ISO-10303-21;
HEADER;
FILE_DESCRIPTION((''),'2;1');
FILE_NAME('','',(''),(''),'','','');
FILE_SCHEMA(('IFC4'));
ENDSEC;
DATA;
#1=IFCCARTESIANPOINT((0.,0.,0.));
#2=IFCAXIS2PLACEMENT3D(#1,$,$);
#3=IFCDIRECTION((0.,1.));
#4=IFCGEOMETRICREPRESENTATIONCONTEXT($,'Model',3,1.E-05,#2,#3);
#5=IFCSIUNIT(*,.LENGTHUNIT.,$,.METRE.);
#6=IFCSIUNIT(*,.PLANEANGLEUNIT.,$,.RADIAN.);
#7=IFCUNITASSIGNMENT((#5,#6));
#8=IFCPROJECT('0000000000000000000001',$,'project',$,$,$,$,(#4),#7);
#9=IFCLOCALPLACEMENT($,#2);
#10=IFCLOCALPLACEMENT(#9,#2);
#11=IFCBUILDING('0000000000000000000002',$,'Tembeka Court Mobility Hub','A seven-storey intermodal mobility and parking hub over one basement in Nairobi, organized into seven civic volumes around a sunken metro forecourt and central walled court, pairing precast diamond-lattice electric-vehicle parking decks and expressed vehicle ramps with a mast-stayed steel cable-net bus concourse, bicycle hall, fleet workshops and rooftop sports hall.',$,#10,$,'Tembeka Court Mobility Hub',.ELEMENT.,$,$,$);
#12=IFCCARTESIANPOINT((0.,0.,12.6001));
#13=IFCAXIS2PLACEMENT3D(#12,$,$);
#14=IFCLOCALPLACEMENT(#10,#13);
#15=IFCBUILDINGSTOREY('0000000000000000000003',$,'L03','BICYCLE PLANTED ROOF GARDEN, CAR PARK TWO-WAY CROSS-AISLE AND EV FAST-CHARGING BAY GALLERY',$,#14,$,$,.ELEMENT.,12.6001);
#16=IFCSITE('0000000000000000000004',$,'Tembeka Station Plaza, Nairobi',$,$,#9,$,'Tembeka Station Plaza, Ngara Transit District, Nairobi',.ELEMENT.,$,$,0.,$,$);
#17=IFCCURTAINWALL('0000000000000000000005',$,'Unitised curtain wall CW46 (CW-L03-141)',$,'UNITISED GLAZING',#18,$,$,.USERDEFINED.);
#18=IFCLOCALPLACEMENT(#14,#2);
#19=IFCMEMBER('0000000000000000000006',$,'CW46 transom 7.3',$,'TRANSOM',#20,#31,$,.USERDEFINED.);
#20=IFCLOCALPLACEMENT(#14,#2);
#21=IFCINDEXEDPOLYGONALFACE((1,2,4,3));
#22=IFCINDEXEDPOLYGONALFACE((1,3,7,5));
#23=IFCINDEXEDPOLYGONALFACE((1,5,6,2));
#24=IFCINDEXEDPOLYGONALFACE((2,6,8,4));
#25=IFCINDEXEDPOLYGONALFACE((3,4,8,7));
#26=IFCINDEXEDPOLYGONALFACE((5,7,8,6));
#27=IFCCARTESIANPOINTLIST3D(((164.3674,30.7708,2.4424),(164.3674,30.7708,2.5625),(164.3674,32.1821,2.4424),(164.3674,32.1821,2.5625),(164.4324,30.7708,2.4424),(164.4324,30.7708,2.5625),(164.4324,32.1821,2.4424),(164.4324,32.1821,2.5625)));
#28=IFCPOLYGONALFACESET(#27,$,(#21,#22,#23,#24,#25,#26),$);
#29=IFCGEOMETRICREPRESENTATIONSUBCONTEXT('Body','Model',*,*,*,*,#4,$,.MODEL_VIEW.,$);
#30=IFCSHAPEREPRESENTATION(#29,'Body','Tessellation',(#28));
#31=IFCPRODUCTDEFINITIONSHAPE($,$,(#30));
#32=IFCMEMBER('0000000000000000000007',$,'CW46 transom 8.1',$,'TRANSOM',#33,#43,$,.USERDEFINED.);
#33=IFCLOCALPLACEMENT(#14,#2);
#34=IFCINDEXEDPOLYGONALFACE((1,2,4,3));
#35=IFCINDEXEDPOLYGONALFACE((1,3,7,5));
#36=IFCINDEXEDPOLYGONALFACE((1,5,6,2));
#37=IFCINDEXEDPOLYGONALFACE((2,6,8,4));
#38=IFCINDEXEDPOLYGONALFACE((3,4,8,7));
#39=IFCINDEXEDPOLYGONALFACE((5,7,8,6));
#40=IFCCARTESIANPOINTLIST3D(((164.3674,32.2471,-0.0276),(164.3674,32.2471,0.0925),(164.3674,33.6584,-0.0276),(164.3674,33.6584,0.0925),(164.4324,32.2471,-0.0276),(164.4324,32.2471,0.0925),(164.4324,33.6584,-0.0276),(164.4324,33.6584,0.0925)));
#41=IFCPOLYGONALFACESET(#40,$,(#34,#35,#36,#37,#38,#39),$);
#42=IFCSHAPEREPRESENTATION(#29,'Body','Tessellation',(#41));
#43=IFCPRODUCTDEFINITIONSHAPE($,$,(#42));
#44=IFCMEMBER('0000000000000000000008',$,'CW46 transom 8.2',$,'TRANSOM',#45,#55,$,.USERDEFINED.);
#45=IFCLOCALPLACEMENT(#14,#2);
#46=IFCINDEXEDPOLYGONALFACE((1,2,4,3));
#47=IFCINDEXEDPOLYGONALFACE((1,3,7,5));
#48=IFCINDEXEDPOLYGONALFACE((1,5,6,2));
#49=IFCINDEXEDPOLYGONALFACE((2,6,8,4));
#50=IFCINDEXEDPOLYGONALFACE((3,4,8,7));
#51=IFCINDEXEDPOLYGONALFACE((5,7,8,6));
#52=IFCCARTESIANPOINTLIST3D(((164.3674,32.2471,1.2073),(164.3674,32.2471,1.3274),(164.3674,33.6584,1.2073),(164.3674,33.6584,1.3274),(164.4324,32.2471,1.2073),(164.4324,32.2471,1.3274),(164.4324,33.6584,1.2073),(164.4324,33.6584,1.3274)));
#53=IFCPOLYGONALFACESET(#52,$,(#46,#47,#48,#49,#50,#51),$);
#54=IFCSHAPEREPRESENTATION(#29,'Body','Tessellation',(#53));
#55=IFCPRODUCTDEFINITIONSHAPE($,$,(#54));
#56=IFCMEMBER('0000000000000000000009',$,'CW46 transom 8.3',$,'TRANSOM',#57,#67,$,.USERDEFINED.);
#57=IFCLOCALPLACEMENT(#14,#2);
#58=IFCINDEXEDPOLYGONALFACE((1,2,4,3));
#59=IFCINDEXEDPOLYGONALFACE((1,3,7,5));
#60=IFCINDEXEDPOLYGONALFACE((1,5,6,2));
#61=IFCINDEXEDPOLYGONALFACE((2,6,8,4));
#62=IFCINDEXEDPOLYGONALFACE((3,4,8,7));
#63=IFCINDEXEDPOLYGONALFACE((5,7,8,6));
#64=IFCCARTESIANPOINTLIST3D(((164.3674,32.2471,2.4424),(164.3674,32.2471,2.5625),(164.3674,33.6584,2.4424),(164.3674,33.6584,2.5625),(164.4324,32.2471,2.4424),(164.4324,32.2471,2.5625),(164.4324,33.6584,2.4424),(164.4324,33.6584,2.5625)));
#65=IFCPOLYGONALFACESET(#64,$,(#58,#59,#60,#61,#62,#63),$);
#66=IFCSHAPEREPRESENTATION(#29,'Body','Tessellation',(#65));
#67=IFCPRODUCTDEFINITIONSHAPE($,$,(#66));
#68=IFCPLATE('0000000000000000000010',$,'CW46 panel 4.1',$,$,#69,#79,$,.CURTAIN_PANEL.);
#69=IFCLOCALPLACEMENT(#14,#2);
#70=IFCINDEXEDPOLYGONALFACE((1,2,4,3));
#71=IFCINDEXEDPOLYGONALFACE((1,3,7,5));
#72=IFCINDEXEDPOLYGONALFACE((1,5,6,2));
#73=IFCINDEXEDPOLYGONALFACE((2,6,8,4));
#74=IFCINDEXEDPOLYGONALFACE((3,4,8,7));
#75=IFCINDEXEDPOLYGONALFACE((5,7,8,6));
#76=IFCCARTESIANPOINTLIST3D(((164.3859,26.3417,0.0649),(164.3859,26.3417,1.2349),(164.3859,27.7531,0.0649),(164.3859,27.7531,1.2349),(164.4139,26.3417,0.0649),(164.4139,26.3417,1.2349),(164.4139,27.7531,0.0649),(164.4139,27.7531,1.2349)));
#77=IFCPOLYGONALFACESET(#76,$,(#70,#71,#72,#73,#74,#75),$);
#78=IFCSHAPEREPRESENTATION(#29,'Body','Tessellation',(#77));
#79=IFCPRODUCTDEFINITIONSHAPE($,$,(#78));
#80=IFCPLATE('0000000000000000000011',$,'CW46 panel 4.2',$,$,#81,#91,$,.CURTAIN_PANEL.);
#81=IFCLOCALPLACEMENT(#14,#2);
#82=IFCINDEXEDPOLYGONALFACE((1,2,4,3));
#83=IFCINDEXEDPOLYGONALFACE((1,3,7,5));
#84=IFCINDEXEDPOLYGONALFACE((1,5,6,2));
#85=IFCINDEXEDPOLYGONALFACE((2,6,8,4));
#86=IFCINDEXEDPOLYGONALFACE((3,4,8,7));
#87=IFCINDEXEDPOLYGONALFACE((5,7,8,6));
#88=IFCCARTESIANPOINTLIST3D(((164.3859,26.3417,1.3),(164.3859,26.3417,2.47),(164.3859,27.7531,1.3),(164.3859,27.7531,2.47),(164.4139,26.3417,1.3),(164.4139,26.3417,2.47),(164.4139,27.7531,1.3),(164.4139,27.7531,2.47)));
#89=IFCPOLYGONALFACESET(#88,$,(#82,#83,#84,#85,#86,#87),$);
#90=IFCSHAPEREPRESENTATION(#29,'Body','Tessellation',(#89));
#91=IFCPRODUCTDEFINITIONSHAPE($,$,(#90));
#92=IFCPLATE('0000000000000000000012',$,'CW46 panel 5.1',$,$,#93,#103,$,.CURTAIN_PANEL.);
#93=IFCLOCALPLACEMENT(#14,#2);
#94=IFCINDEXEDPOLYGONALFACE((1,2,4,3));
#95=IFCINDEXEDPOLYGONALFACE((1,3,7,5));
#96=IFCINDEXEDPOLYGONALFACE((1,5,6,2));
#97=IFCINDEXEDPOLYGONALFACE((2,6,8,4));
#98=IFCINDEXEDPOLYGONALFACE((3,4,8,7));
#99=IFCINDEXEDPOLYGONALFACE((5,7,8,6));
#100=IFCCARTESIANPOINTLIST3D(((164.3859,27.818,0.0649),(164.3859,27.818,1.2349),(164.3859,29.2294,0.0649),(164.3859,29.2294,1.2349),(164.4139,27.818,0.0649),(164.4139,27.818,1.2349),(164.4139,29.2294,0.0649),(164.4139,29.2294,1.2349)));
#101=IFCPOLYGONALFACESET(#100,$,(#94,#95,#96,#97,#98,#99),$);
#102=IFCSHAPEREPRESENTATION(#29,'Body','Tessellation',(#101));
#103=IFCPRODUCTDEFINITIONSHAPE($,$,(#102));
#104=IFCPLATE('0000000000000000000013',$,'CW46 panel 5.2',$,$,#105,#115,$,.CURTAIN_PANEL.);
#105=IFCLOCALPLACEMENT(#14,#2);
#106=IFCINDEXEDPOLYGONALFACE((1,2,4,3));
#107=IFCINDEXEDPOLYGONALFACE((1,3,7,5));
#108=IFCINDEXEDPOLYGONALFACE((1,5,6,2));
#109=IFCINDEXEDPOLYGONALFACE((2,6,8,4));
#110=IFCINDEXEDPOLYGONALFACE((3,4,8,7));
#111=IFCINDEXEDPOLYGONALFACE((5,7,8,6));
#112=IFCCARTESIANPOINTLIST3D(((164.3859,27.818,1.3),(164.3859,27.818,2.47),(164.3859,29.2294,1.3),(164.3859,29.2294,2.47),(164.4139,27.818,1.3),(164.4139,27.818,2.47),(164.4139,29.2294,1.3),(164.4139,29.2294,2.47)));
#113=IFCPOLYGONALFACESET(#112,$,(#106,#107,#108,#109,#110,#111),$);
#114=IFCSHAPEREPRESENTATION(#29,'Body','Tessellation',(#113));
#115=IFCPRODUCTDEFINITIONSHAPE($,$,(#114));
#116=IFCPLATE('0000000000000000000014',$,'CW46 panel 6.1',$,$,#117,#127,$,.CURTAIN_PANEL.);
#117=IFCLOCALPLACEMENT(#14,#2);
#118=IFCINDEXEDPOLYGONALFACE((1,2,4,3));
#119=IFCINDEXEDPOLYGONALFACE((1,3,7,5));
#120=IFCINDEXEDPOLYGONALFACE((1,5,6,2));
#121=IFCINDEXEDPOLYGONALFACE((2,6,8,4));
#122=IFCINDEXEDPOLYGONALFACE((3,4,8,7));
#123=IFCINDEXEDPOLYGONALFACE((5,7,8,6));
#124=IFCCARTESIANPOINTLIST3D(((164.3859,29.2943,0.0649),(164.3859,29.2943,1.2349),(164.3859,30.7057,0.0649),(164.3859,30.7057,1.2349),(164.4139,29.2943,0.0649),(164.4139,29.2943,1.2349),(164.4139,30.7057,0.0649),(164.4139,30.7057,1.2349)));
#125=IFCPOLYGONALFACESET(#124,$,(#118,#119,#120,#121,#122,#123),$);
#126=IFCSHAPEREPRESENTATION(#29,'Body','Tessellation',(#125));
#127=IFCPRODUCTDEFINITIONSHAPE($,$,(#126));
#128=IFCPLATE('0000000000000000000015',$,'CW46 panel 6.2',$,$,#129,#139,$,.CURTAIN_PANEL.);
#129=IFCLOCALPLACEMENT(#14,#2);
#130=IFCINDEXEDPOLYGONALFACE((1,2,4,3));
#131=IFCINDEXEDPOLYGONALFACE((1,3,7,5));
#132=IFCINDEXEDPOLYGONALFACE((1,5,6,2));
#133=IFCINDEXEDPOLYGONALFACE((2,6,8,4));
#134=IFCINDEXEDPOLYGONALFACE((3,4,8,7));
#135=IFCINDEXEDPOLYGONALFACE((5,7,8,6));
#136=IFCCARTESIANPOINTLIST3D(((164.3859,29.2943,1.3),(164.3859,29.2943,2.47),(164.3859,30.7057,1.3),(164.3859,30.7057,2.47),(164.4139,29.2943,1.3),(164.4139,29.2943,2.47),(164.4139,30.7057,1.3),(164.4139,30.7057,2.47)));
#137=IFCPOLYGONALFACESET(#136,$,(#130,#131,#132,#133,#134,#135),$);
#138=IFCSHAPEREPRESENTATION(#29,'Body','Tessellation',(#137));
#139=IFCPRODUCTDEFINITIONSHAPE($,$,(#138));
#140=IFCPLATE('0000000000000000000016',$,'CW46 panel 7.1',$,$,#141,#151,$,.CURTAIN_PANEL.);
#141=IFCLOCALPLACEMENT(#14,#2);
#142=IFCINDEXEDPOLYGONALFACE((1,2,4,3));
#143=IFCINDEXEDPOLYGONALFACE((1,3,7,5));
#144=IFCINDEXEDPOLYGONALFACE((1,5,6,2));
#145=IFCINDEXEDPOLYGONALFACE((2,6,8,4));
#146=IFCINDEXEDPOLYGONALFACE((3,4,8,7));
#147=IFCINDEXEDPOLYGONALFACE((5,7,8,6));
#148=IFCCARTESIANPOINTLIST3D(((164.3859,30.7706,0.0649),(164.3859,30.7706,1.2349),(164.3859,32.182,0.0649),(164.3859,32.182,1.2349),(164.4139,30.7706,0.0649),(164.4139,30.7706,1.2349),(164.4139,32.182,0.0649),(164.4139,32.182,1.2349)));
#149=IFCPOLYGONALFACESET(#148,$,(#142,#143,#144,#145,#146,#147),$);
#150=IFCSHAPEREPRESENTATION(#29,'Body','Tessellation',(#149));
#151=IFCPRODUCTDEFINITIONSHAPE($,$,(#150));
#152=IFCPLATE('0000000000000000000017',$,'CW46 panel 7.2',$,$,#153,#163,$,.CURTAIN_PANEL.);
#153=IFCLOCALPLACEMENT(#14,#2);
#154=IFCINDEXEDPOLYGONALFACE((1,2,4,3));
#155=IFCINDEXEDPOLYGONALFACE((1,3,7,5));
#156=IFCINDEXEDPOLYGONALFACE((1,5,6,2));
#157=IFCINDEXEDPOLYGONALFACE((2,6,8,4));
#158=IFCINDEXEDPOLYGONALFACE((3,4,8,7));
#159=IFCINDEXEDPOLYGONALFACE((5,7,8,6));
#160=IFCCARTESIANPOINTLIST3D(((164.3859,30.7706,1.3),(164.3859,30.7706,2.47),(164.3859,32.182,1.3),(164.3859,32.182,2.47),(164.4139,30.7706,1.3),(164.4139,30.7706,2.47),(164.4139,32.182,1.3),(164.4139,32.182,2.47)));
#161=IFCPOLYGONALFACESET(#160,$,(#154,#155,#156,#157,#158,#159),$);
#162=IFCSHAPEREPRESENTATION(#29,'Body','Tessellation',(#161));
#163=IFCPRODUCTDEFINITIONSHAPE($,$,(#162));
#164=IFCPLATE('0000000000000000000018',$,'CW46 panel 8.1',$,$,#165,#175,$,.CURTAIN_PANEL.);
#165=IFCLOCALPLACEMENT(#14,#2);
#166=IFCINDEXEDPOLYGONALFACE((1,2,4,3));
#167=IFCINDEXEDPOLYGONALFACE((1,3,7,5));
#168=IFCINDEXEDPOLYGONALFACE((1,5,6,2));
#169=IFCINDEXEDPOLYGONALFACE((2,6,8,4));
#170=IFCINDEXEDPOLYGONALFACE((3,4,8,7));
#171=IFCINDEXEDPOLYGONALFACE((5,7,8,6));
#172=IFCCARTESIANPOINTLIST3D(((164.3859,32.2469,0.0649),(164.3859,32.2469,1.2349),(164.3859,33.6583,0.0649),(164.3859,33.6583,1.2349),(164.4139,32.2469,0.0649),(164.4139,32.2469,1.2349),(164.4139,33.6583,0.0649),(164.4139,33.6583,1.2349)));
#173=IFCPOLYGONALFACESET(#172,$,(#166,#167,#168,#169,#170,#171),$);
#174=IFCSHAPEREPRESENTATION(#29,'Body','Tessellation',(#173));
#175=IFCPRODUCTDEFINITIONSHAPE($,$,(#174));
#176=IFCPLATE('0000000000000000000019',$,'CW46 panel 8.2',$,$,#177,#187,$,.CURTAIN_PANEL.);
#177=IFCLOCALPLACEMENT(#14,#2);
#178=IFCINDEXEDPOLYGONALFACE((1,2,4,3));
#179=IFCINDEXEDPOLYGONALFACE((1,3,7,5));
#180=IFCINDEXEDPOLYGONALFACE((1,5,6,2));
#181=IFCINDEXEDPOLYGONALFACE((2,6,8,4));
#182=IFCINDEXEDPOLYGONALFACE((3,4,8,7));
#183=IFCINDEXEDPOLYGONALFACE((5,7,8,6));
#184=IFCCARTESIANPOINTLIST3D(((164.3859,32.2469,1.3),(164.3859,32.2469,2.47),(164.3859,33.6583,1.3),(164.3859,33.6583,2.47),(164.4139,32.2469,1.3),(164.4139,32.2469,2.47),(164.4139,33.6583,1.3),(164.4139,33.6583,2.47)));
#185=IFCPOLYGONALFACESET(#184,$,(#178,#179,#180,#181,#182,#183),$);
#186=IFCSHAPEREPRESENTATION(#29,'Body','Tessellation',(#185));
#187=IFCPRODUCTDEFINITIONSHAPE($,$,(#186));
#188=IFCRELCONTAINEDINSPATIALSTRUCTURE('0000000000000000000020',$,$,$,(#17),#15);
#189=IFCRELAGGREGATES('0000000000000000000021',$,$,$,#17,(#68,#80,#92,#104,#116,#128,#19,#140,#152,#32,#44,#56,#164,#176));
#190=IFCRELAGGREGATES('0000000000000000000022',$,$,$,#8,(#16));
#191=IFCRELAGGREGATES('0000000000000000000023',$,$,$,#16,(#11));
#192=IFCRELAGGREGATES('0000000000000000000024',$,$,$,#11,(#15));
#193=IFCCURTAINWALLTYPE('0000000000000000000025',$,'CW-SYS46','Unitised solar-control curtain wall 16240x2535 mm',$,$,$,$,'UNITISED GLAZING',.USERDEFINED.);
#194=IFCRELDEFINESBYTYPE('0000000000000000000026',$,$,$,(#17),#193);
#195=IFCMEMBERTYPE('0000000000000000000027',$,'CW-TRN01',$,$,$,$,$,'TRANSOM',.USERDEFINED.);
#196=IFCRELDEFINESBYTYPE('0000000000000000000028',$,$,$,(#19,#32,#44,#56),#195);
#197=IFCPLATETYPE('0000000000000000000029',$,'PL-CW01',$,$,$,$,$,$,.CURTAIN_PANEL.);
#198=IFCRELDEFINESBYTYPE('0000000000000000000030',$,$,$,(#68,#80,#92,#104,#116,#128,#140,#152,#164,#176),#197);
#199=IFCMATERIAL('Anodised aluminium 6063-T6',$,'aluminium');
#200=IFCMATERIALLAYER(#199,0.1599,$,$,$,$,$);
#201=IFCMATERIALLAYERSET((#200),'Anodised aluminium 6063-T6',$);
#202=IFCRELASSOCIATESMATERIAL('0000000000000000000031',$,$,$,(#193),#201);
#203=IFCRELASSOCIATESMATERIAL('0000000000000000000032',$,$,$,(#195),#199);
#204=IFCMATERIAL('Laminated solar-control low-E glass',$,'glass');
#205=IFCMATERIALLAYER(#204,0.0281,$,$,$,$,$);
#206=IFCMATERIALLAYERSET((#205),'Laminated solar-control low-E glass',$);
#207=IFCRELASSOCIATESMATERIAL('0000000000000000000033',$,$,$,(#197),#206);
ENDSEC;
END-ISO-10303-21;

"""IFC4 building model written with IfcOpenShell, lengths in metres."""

from ifc_helpers import new_model, si_unit, direction, frame, origin, origin_2d, place, context, subcontext, project, spatial, rectangle, extrude, material, layer, layer_set, material_profile, profile_set, type_object, element, aggregate, save


model = new_model("IFC4")

# Units and contexts
model_context = context("Model", 3, precision=1e-05, world=origin(), true_north=direction((0.0, 1.0)))
body_context = subcontext(model_context, "Body", "Model", "MODEL_VIEW")
ifc_project = project(units=[si_unit("LENGTHUNIT", "METRE"), si_unit("PLANEANGLEUNIT", "RADIAN")], contexts=[model_context])

# Site, building, storey
site_placement = place(None, origin())
site = spatial("IfcSite", under=ifc_project, at=site_placement, Name="Tembeka Station Plaza, Nairobi", LongName="Tembeka Station Plaza, Ngara Transit District, Nairobi", CompositionType="ELEMENT", RefElevation=0.0)
building_placement = place(site_placement, origin())
building = spatial("IfcBuilding", under=site, at=building_placement, Name="Tembeka Court Mobility Hub", Description="A seven-storey intermodal mobility and parking hub over one basement in Nairobi, organized into seven civic volumes around a sunken metro forecourt and central walled court, pairing precast diamond-lattice electric-vehicle parking decks and expressed vehicle ramps with a mast-stayed steel cable-net bus concourse, bicycle hall, fleet workshops and rooftop sports hall.", LongName="Tembeka Court Mobility Hub", CompositionType="ELEMENT")
storey_placement = place(building_placement, frame((0.0, 0.0, 12.6001)))
storey = spatial("IfcBuildingStorey", under=building, at=storey_placement, Name="L03", Description="BICYCLE PLANTED ROOF GARDEN, CAR PARK TWO-WAY CROSS-AISLE AND EV FAST-CHARGING BAY GALLERY", CompositionType="ELEMENT", Elevation=12.6001)

# Curtain wall, members, plates
ifc_material_1 = material(Name="Anodised aluminium 6063-T6", Category="aluminium")
ifc_layer_1 = layer(ifc_material_1, 0.1599)
ifc_layer_set_1 = layer_set([ifc_layer_1], Name="Anodised aluminium 6063-T6")
curtain_wall_type = type_object("IfcCurtainWallType", Name="CW-SYS46", Description="Unitised solar-control curtain wall 16240x2535 mm", ElementType="UNITISED GLAZING", PredefinedType="USERDEFINED", material=ifc_layer_set_1)
curtain_wall_placement = place(storey_placement, origin())
curtain_wall = element("IfcCurtainWall", 1, at=curtain_wall_placement, inside=storey, type_object=curtain_wall_type, Name="Unitised curtain wall CW46 (CW-L03-141)", ObjectType="UNITISED GLAZING", PredefinedType="USERDEFINED")
ifc_material_profile_1 = material_profile(ifc_material_1, rectangle(XDim=0.0649, YDim=0.1201, at=origin_2d()), Name="ALU-TRN 65x120")
ifc_profile_set_1 = profile_set([ifc_material_profile_1], Name="Anodised aluminium 6063-T6")
member_type_1 = type_object("IfcMemberType", Name="CW-TRN01", ElementType="TRANSOM", PredefinedType="USERDEFINED", material=ifc_profile_set_1)
member_1_placement = place(storey_placement, frame((164.3999, 30.7708, 2.5024), z_axis=(0.0, 1.0, 0.0), x_axis=(-1.0, 0.0, 0.0)))
member_1 = element("IfcMember", 2, at=member_1_placement, type_object=member_type_1, Name="CW46 transom 7.3", ObjectType="TRANSOM", PredefinedType="USERDEFINED", context=body_context, shape_type="SweptSolid", body=[
    extrude(rectangle(XDim=0.0649, YDim=0.1201, at=origin_2d()), origin(), (0.0, 0.0, 1.0), 1.4114),
])
member_2_placement = place(storey_placement, frame((164.3999, 32.2471, 0.0325), z_axis=(0.0, 1.0, 0.0), x_axis=(-1.0, 0.0, 0.0)))
member_2 = element("IfcMember", 3, at=member_2_placement, type_object=member_type_1, Name="CW46 transom 8.1", ObjectType="TRANSOM", PredefinedType="USERDEFINED", context=body_context, shape_type="SweptSolid", body=[
    extrude(rectangle(XDim=0.0649, YDim=0.1201, at=origin_2d()), origin(), (0.0, 0.0, 1.0), 1.4114),
])
member_3_placement = place(storey_placement, frame((164.3999, 32.2471, 1.2673), z_axis=(0.0, 1.0, 0.0), x_axis=(-1.0, 0.0, 0.0)))
member_3 = element("IfcMember", 4, at=member_3_placement, type_object=member_type_1, Name="CW46 transom 8.2", ObjectType="TRANSOM", PredefinedType="USERDEFINED", context=body_context, shape_type="SweptSolid", body=[
    extrude(rectangle(XDim=0.0649, YDim=0.1201, at=origin_2d()), origin(), (0.0, 0.0, 1.0), 1.4114),
])
member_4_placement = place(storey_placement, frame((164.3999, 32.2471, 2.5024), z_axis=(0.0, 1.0, 0.0), x_axis=(-1.0, 0.0, 0.0)))
member_4 = element("IfcMember", 5, at=member_4_placement, type_object=member_type_1, Name="CW46 transom 8.3", ObjectType="TRANSOM", PredefinedType="USERDEFINED", context=body_context, shape_type="SweptSolid", body=[
    extrude(rectangle(XDim=0.0649, YDim=0.1201, at=origin_2d()), origin(), (0.0, 0.0, 1.0), 1.4114),
])
ifc_material_2 = material(Name="Laminated solar-control low-E glass", Category="glass")
ifc_layer_2 = layer(ifc_material_2, 0.0281)
ifc_layer_set_2 = layer_set([ifc_layer_2], Name="Laminated solar-control low-E glass")
plate_type = type_object("IfcPlateType", Name="PL-CW01", PredefinedType="CURTAIN_PANEL", material=ifc_layer_set_2)
plate_1_placement = place(storey_placement, frame((164.3999, 27.0474, 0.0649), z_axis=(0.0, 0.0, 1.0), x_axis=(0.0, 1.0, 0.0)))
plate_1 = element("IfcPlate", 6, at=plate_1_placement, type_object=plate_type, Name="CW46 panel 4.1", PredefinedType="CURTAIN_PANEL", context=body_context, shape_type="SweptSolid", body=[
    extrude(rectangle(XDim=1.4114, YDim=0.0281, at=origin_2d()), origin(), (0.0, 0.0, 1.0), 1.1699),
])
plate_2_placement = place(storey_placement, frame((164.3999, 27.0474, 1.3), z_axis=(0.0, 0.0, 1.0), x_axis=(0.0, 1.0, 0.0)))
plate_2 = element("IfcPlate", 7, at=plate_2_placement, type_object=plate_type, Name="CW46 panel 4.2", PredefinedType="CURTAIN_PANEL", context=body_context, shape_type="SweptSolid", body=[
    extrude(rectangle(XDim=1.4114, YDim=0.0281, at=origin_2d()), origin(), (0.0, 0.0, 1.0), 1.1699),
])
plate_3_placement = place(storey_placement, frame((164.3999, 28.5237, 0.0649), z_axis=(0.0, 0.0, 1.0), x_axis=(0.0, 1.0, 0.0)))
plate_3 = element("IfcPlate", 8, at=plate_3_placement, type_object=plate_type, Name="CW46 panel 5.1", PredefinedType="CURTAIN_PANEL", context=body_context, shape_type="SweptSolid", body=[
    extrude(rectangle(XDim=1.4114, YDim=0.0281, at=origin_2d()), origin(), (0.0, 0.0, 1.0), 1.1699),
])
plate_4_placement = place(storey_placement, frame((164.3999, 28.5237, 1.3), z_axis=(0.0, 0.0, 1.0), x_axis=(0.0, 1.0, 0.0)))
plate_4 = element("IfcPlate", 9, at=plate_4_placement, type_object=plate_type, Name="CW46 panel 5.2", PredefinedType="CURTAIN_PANEL", context=body_context, shape_type="SweptSolid", body=[
    extrude(rectangle(XDim=1.4114, YDim=0.0281, at=origin_2d()), origin(), (0.0, 0.0, 1.0), 1.1699),
])
plate_5_placement = place(storey_placement, frame((164.3999, 30.0, 0.0649), z_axis=(0.0, 0.0, 1.0), x_axis=(0.0, 1.0, 0.0)))
plate_5 = element("IfcPlate", 10, at=plate_5_placement, type_object=plate_type, Name="CW46 panel 6.1", PredefinedType="CURTAIN_PANEL", context=body_context, shape_type="SweptSolid", body=[
    extrude(rectangle(XDim=1.4114, YDim=0.0281, at=origin_2d()), origin(), (0.0, 0.0, 1.0), 1.1699),
])
plate_6_placement = place(storey_placement, frame((164.3999, 30.0, 1.3), z_axis=(0.0, 0.0, 1.0), x_axis=(0.0, 1.0, 0.0)))
plate_6 = element("IfcPlate", 11, at=plate_6_placement, type_object=plate_type, Name="CW46 panel 6.2", PredefinedType="CURTAIN_PANEL", context=body_context, shape_type="SweptSolid", body=[
    extrude(rectangle(XDim=1.4114, YDim=0.0281, at=origin_2d()), origin(), (0.0, 0.0, 1.0), 1.1699),
])
plate_7_placement = place(storey_placement, frame((164.3999, 31.4763, 0.0649), z_axis=(0.0, 0.0, 1.0), x_axis=(0.0, 1.0, 0.0)))
plate_7 = element("IfcPlate", 12, at=plate_7_placement, type_object=plate_type, Name="CW46 panel 7.1", PredefinedType="CURTAIN_PANEL", context=body_context, shape_type="SweptSolid", body=[
    extrude(rectangle(XDim=1.4114, YDim=0.0281, at=origin_2d()), origin(), (0.0, 0.0, 1.0), 1.1699),
])
plate_8_placement = place(storey_placement, frame((164.3999, 31.4763, 1.3), z_axis=(0.0, 0.0, 1.0), x_axis=(0.0, 1.0, 0.0)))
plate_8 = element("IfcPlate", 13, at=plate_8_placement, type_object=plate_type, Name="CW46 panel 7.2", PredefinedType="CURTAIN_PANEL", context=body_context, shape_type="SweptSolid", body=[
    extrude(rectangle(XDim=1.4114, YDim=0.0281, at=origin_2d()), origin(), (0.0, 0.0, 1.0), 1.1699),
])
plate_9_placement = place(storey_placement, frame((164.3999, 32.9526, 0.0649), z_axis=(0.0, 0.0, 1.0), x_axis=(0.0, 1.0, 0.0)))
plate_9 = element("IfcPlate", 14, at=plate_9_placement, type_object=plate_type, Name="CW46 panel 8.1", PredefinedType="CURTAIN_PANEL", context=body_context, shape_type="SweptSolid", body=[
    extrude(rectangle(XDim=1.4114, YDim=0.0281, at=origin_2d()), origin(), (0.0, 0.0, 1.0), 1.1699),
])
plate_10_placement = place(storey_placement, frame((164.3999, 32.9526, 1.3), z_axis=(0.0, 0.0, 1.0), x_axis=(0.0, 1.0, 0.0)))
plate_10 = element("IfcPlate", 15, at=plate_10_placement, type_object=plate_type, Name="CW46 panel 8.2", PredefinedType="CURTAIN_PANEL", context=body_context, shape_type="SweptSolid", body=[
    extrude(rectangle(XDim=1.4114, YDim=0.0281, at=origin_2d()), origin(), (0.0, 0.0, 1.0), 1.1699),
])
aggregate(curtain_wall, [plate_1, plate_2, plate_3, plate_4, plate_5, plate_6, member_1, plate_7, plate_8, member_2, member_3, member_4, plate_9, plate_10])

save(model, "model.ifc")
